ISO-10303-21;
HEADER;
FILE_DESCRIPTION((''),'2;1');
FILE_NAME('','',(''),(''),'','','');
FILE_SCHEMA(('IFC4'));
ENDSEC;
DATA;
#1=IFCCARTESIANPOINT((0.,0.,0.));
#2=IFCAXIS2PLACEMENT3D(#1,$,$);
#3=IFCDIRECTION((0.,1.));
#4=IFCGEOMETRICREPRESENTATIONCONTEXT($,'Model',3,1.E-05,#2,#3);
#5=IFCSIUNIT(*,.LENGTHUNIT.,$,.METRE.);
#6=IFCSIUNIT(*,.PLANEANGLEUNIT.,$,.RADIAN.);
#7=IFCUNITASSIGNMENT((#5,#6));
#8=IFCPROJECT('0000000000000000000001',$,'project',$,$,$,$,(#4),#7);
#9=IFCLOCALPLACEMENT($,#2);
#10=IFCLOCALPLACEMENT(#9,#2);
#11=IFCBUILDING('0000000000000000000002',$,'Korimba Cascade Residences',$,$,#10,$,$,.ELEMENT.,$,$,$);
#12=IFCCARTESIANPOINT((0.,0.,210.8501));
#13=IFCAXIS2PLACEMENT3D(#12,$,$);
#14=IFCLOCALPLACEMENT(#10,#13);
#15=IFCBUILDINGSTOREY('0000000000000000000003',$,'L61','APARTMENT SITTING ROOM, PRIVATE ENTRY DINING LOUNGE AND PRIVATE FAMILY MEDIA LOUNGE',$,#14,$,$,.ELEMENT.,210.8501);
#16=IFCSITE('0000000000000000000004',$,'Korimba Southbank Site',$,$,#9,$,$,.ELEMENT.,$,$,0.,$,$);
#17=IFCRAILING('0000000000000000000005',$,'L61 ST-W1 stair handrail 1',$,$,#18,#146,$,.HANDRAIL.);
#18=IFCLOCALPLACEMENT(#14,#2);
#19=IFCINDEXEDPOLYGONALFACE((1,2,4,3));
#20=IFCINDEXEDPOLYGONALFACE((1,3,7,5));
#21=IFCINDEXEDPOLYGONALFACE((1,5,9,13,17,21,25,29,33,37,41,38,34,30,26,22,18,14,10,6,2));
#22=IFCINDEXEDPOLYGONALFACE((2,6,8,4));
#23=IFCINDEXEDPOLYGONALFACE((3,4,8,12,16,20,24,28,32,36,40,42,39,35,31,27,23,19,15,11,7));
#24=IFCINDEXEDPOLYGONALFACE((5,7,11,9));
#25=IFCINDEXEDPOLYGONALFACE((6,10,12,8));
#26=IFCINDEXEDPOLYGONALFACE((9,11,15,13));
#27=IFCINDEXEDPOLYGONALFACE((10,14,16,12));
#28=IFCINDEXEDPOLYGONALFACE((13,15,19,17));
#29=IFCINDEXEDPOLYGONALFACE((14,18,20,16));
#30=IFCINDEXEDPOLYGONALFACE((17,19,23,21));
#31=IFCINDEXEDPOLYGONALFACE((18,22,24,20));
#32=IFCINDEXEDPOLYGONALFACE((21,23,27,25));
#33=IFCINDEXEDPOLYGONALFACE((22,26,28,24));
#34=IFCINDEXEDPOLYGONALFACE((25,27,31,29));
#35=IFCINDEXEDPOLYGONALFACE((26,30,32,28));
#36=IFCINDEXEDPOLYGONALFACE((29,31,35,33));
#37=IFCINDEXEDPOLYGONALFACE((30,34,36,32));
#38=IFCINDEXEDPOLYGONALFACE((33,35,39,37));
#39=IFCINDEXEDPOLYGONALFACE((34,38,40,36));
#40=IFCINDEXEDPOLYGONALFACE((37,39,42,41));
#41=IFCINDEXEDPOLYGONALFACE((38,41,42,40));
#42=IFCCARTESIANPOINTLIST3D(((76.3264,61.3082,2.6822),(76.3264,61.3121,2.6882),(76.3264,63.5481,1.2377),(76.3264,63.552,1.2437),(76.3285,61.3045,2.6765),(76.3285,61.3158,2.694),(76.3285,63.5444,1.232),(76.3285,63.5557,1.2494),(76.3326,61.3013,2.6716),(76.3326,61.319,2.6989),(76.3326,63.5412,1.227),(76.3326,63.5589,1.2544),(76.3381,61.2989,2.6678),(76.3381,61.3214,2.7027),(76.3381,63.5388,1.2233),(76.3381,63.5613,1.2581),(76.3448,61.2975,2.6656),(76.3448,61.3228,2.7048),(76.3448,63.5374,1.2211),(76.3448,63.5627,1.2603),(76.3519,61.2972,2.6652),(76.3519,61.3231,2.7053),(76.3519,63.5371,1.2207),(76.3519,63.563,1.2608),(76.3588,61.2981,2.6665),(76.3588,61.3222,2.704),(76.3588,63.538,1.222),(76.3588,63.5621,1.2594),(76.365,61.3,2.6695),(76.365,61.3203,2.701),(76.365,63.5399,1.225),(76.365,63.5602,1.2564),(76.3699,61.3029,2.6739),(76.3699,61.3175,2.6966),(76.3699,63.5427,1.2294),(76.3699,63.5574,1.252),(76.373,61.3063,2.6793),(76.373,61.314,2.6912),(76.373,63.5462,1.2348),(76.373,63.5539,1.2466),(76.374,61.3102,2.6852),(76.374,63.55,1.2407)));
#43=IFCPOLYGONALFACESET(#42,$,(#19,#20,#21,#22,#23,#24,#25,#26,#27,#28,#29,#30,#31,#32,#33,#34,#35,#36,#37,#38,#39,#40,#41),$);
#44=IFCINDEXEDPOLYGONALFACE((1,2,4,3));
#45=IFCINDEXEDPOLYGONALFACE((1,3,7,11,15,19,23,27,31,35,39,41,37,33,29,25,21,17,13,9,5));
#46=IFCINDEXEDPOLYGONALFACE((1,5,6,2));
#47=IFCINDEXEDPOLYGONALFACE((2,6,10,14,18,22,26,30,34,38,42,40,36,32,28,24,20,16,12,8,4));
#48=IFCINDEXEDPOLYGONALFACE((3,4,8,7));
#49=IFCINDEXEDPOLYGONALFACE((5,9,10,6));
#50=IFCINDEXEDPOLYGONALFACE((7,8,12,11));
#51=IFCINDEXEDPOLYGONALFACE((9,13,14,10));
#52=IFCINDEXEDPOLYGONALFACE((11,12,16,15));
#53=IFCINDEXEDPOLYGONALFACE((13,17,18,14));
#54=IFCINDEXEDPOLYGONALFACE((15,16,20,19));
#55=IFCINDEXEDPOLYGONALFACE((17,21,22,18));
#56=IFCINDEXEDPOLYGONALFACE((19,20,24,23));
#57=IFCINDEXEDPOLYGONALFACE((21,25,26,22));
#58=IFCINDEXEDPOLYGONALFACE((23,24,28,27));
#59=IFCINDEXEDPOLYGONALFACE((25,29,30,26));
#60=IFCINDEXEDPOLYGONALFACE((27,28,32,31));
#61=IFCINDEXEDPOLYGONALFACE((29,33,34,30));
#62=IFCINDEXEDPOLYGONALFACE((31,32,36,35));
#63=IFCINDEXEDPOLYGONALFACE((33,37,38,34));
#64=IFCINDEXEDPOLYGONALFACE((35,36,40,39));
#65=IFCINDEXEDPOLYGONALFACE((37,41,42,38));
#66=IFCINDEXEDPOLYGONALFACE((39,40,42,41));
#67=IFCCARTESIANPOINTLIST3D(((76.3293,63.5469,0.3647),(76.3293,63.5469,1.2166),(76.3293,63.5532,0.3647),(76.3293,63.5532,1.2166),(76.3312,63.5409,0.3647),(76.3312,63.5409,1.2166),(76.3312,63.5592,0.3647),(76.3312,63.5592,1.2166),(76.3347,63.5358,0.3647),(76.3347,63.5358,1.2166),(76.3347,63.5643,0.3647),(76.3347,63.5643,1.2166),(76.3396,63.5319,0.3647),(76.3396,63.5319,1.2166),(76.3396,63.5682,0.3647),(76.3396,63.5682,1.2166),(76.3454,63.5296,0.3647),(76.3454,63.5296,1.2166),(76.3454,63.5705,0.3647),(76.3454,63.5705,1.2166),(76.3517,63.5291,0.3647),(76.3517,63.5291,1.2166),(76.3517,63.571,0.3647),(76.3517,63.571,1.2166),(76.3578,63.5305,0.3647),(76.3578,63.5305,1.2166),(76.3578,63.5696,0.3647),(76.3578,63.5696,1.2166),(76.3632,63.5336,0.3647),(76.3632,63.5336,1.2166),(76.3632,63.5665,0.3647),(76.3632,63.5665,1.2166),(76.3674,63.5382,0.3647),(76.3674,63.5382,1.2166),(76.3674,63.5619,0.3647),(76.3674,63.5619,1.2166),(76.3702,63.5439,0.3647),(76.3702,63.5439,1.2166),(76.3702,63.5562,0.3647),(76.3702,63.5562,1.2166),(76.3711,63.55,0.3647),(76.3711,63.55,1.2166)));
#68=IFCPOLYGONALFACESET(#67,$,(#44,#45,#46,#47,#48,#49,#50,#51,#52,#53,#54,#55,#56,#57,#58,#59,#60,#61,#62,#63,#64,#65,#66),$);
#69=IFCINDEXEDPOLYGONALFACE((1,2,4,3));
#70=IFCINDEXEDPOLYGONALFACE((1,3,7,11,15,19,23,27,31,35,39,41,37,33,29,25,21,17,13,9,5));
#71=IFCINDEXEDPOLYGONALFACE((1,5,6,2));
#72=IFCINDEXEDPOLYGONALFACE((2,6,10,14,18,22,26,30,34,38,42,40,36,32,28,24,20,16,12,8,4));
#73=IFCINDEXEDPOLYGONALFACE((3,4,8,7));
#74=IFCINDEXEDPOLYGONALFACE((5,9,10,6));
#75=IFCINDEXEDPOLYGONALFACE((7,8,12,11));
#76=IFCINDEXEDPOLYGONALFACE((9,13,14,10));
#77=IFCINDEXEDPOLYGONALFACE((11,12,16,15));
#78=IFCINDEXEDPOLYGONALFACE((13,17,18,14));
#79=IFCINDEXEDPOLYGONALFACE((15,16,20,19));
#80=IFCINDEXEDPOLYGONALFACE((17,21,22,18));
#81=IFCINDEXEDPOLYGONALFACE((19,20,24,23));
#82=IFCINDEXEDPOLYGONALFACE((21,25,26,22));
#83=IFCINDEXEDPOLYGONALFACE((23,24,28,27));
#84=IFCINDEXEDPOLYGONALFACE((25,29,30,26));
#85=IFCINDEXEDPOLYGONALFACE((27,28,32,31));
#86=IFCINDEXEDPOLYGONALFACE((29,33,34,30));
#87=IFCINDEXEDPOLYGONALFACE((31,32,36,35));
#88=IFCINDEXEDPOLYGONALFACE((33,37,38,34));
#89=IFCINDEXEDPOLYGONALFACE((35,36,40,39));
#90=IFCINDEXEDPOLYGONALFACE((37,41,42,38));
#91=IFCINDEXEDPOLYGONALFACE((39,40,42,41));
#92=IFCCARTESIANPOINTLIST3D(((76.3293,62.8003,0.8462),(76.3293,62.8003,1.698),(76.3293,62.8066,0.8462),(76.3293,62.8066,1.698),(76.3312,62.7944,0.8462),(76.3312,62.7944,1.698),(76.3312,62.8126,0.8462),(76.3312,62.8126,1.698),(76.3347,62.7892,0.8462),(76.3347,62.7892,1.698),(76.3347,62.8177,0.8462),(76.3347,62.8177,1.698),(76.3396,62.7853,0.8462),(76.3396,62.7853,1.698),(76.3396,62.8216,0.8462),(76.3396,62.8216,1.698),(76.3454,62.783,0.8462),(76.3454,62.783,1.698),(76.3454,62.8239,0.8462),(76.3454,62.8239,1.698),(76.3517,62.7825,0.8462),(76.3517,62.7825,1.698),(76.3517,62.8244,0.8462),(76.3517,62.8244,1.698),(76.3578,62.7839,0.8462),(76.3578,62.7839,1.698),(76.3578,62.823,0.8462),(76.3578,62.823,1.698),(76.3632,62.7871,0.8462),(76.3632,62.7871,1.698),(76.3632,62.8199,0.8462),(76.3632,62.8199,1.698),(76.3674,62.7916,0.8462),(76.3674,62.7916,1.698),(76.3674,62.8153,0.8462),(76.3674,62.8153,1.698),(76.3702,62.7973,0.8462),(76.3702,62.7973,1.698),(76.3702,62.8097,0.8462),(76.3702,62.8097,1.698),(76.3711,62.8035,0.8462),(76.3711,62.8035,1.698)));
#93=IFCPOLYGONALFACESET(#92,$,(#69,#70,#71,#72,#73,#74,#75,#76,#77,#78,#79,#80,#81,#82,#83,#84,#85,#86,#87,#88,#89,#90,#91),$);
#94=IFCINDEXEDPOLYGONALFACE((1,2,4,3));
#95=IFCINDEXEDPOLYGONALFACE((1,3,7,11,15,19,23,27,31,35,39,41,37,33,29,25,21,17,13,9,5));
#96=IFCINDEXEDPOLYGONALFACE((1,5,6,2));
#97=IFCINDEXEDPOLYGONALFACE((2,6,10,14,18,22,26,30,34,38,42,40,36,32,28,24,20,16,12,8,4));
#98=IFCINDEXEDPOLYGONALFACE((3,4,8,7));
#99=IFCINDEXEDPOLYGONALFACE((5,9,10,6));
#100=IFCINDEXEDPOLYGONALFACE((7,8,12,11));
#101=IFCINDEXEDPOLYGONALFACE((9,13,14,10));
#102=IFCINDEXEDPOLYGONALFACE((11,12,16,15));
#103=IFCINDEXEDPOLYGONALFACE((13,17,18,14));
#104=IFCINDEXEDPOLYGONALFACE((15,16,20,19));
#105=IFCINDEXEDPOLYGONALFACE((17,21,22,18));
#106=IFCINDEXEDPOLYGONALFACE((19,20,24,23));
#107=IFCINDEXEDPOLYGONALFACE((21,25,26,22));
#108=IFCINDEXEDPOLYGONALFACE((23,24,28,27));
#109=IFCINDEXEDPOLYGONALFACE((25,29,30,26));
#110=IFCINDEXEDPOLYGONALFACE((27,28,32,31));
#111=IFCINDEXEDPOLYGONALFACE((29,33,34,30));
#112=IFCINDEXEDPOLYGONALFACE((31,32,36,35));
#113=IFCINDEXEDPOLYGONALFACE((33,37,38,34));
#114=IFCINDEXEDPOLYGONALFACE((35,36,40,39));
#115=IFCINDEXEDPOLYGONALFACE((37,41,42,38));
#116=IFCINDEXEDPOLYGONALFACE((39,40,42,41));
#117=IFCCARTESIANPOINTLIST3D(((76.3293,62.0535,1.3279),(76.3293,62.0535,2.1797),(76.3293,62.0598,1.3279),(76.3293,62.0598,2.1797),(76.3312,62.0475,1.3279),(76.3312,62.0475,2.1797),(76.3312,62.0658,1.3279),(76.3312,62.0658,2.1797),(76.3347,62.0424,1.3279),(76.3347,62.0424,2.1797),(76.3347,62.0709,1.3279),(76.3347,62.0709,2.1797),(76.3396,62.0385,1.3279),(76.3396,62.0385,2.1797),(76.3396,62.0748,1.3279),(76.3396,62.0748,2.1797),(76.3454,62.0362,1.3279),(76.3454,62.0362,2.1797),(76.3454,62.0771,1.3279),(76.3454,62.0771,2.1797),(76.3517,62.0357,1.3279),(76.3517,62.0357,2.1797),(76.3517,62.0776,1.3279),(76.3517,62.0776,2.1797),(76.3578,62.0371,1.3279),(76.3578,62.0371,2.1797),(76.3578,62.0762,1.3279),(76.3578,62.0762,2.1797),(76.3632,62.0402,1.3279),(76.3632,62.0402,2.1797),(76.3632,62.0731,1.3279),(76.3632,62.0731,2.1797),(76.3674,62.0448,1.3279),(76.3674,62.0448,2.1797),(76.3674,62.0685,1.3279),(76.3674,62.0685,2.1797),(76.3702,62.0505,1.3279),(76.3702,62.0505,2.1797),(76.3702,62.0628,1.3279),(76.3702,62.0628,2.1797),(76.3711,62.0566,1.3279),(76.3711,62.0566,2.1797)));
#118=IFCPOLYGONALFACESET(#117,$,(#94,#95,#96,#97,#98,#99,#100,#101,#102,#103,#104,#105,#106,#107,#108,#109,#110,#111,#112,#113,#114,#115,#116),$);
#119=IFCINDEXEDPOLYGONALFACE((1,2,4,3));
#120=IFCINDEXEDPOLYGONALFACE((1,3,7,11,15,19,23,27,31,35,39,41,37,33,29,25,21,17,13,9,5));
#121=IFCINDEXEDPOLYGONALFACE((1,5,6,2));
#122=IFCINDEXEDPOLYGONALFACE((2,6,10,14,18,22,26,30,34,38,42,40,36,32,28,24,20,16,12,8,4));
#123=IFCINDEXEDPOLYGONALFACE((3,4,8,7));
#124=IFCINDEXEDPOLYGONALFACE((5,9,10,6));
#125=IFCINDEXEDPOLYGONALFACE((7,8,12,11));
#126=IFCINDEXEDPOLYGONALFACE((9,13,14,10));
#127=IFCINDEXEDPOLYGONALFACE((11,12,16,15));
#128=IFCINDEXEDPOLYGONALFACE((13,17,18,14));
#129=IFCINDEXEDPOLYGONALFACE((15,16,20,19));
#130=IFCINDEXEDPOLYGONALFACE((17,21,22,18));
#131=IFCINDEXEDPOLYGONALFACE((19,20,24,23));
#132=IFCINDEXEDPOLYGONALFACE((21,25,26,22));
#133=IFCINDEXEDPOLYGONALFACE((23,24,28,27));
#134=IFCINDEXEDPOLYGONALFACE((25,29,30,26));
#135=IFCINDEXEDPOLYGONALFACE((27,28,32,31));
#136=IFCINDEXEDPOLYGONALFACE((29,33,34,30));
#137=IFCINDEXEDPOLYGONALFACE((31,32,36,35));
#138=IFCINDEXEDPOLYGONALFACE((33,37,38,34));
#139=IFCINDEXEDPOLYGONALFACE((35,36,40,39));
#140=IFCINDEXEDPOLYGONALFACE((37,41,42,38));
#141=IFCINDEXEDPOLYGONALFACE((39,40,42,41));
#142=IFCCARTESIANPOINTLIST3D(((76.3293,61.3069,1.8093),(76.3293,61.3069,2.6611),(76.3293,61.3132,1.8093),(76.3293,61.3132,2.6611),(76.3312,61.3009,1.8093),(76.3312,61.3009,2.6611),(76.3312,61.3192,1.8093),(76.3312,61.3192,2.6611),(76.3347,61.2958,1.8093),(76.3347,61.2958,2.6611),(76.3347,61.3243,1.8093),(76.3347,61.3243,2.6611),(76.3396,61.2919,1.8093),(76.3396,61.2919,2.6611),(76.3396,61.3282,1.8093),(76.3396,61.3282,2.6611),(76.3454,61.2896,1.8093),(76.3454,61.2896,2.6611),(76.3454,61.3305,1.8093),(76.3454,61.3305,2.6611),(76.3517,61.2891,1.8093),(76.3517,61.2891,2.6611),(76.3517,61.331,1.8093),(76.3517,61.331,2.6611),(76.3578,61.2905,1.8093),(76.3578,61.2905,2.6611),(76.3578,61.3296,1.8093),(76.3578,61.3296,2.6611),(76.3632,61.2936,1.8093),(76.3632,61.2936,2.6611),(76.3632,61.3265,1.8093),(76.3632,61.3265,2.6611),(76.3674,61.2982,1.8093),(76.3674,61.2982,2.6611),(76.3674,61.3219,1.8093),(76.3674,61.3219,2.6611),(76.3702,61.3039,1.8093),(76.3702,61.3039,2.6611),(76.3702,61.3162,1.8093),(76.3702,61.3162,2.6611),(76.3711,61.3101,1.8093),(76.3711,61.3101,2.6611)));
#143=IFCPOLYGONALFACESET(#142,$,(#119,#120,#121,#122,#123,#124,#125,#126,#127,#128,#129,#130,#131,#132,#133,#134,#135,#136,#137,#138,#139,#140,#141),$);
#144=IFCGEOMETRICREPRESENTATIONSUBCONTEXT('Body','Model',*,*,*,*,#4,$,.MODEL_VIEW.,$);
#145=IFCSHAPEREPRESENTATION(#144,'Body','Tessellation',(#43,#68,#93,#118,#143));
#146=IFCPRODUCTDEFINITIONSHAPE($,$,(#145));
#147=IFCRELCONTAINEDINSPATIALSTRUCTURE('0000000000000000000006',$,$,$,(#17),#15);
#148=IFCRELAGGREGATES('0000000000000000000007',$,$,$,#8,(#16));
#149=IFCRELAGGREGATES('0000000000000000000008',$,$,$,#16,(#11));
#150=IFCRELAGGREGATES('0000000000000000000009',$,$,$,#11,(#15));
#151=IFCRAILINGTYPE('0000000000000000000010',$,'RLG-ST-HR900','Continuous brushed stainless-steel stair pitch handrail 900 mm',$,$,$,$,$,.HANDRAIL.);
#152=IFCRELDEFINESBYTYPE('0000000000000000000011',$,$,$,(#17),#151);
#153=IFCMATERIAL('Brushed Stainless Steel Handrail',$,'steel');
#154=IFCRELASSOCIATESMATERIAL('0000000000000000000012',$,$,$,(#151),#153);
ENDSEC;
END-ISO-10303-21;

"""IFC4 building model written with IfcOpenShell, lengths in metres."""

from ifc_helpers import new_model, si_unit, direction, frame, origin, origin_2d, place, context, subcontext, project, spatial, circle, extrude, material, type_object, element, save


model = new_model("IFC4")

# Units and contexts
model_context = context("Model", 3, precision=1e-05, world=origin(), true_north=direction((0.0, 1.0)))
body_context = subcontext(model_context, "Body", "Model", "MODEL_VIEW")
ifc_project = project(units=[si_unit("LENGTHUNIT", "METRE"), si_unit("PLANEANGLEUNIT", "RADIAN")], contexts=[model_context])

# Site, building, storey
site_placement = place(None, origin())
site = spatial("IfcSite", under=ifc_project, at=site_placement, Name="Korimba Southbank Site", CompositionType="ELEMENT", RefElevation=0.0)
building_placement = place(site_placement, origin())
building = spatial("IfcBuilding", under=site, at=building_placement, Name="Korimba Cascade Residences", CompositionType="ELEMENT")
storey_placement = place(building_placement, frame((0.0, 0.0, 210.8501)))
storey = spatial("IfcBuildingStorey", under=building, at=storey_placement, Name="L61", Description="APARTMENT SITTING ROOM, PRIVATE ENTRY DINING LOUNGE AND PRIVATE FAMILY MEDIA LOUNGE", CompositionType="ELEMENT", Elevation=210.8501)

# Railing
ifc_material_1 = material(Name="Brushed Stainless Steel Handrail", Category="steel")
railing_type_1 = type_object("IfcRailingType", Name="RLG-ST-HR900", Description="Continuous brushed stainless-steel stair pitch handrail 900 mm", PredefinedType="HANDRAIL", material=ifc_material_1)
railing_1_placement = place(storey_placement, frame((76.3501, 63.55, 0.3647)))
element("IfcRailing", 1, at=railing_1_placement, inside=storey, type_object=railing_type_1, Name="L61 ST-W1 stair handrail 1", PredefinedType="HANDRAIL", context=body_context, shape_type="SweptSolid", body=[
    extrude(circle(Radius=0.0239, at=origin_2d()), frame((0.0, 0.0, 0.876), z_axis=(0.0, -0.840395, 0.541975), x_axis=(1.0, 0.0, 0.0)), (0.0, 0.0, 1.0), 2.6653),
    extrude(circle(Radius=0.021, at=origin_2d()), origin(), (0.0, 0.0, 1.0), 0.8518),
    extrude(circle(Radius=0.021, at=origin_2d()), frame((0.0, -0.7466, 0.4814)), (0.0, 0.0, 1.0), 0.8518),
    extrude(circle(Radius=0.021, at=origin_2d()), frame((0.0, -1.4934, 0.9631)), (0.0, 0.0, 1.0), 0.8518),
    extrude(circle(Radius=0.021, at=origin_2d()), frame((0.0, -2.24, 1.4446)), (0.0, 0.0, 1.0), 0.8518),
])

save(model, "model.ifc")
